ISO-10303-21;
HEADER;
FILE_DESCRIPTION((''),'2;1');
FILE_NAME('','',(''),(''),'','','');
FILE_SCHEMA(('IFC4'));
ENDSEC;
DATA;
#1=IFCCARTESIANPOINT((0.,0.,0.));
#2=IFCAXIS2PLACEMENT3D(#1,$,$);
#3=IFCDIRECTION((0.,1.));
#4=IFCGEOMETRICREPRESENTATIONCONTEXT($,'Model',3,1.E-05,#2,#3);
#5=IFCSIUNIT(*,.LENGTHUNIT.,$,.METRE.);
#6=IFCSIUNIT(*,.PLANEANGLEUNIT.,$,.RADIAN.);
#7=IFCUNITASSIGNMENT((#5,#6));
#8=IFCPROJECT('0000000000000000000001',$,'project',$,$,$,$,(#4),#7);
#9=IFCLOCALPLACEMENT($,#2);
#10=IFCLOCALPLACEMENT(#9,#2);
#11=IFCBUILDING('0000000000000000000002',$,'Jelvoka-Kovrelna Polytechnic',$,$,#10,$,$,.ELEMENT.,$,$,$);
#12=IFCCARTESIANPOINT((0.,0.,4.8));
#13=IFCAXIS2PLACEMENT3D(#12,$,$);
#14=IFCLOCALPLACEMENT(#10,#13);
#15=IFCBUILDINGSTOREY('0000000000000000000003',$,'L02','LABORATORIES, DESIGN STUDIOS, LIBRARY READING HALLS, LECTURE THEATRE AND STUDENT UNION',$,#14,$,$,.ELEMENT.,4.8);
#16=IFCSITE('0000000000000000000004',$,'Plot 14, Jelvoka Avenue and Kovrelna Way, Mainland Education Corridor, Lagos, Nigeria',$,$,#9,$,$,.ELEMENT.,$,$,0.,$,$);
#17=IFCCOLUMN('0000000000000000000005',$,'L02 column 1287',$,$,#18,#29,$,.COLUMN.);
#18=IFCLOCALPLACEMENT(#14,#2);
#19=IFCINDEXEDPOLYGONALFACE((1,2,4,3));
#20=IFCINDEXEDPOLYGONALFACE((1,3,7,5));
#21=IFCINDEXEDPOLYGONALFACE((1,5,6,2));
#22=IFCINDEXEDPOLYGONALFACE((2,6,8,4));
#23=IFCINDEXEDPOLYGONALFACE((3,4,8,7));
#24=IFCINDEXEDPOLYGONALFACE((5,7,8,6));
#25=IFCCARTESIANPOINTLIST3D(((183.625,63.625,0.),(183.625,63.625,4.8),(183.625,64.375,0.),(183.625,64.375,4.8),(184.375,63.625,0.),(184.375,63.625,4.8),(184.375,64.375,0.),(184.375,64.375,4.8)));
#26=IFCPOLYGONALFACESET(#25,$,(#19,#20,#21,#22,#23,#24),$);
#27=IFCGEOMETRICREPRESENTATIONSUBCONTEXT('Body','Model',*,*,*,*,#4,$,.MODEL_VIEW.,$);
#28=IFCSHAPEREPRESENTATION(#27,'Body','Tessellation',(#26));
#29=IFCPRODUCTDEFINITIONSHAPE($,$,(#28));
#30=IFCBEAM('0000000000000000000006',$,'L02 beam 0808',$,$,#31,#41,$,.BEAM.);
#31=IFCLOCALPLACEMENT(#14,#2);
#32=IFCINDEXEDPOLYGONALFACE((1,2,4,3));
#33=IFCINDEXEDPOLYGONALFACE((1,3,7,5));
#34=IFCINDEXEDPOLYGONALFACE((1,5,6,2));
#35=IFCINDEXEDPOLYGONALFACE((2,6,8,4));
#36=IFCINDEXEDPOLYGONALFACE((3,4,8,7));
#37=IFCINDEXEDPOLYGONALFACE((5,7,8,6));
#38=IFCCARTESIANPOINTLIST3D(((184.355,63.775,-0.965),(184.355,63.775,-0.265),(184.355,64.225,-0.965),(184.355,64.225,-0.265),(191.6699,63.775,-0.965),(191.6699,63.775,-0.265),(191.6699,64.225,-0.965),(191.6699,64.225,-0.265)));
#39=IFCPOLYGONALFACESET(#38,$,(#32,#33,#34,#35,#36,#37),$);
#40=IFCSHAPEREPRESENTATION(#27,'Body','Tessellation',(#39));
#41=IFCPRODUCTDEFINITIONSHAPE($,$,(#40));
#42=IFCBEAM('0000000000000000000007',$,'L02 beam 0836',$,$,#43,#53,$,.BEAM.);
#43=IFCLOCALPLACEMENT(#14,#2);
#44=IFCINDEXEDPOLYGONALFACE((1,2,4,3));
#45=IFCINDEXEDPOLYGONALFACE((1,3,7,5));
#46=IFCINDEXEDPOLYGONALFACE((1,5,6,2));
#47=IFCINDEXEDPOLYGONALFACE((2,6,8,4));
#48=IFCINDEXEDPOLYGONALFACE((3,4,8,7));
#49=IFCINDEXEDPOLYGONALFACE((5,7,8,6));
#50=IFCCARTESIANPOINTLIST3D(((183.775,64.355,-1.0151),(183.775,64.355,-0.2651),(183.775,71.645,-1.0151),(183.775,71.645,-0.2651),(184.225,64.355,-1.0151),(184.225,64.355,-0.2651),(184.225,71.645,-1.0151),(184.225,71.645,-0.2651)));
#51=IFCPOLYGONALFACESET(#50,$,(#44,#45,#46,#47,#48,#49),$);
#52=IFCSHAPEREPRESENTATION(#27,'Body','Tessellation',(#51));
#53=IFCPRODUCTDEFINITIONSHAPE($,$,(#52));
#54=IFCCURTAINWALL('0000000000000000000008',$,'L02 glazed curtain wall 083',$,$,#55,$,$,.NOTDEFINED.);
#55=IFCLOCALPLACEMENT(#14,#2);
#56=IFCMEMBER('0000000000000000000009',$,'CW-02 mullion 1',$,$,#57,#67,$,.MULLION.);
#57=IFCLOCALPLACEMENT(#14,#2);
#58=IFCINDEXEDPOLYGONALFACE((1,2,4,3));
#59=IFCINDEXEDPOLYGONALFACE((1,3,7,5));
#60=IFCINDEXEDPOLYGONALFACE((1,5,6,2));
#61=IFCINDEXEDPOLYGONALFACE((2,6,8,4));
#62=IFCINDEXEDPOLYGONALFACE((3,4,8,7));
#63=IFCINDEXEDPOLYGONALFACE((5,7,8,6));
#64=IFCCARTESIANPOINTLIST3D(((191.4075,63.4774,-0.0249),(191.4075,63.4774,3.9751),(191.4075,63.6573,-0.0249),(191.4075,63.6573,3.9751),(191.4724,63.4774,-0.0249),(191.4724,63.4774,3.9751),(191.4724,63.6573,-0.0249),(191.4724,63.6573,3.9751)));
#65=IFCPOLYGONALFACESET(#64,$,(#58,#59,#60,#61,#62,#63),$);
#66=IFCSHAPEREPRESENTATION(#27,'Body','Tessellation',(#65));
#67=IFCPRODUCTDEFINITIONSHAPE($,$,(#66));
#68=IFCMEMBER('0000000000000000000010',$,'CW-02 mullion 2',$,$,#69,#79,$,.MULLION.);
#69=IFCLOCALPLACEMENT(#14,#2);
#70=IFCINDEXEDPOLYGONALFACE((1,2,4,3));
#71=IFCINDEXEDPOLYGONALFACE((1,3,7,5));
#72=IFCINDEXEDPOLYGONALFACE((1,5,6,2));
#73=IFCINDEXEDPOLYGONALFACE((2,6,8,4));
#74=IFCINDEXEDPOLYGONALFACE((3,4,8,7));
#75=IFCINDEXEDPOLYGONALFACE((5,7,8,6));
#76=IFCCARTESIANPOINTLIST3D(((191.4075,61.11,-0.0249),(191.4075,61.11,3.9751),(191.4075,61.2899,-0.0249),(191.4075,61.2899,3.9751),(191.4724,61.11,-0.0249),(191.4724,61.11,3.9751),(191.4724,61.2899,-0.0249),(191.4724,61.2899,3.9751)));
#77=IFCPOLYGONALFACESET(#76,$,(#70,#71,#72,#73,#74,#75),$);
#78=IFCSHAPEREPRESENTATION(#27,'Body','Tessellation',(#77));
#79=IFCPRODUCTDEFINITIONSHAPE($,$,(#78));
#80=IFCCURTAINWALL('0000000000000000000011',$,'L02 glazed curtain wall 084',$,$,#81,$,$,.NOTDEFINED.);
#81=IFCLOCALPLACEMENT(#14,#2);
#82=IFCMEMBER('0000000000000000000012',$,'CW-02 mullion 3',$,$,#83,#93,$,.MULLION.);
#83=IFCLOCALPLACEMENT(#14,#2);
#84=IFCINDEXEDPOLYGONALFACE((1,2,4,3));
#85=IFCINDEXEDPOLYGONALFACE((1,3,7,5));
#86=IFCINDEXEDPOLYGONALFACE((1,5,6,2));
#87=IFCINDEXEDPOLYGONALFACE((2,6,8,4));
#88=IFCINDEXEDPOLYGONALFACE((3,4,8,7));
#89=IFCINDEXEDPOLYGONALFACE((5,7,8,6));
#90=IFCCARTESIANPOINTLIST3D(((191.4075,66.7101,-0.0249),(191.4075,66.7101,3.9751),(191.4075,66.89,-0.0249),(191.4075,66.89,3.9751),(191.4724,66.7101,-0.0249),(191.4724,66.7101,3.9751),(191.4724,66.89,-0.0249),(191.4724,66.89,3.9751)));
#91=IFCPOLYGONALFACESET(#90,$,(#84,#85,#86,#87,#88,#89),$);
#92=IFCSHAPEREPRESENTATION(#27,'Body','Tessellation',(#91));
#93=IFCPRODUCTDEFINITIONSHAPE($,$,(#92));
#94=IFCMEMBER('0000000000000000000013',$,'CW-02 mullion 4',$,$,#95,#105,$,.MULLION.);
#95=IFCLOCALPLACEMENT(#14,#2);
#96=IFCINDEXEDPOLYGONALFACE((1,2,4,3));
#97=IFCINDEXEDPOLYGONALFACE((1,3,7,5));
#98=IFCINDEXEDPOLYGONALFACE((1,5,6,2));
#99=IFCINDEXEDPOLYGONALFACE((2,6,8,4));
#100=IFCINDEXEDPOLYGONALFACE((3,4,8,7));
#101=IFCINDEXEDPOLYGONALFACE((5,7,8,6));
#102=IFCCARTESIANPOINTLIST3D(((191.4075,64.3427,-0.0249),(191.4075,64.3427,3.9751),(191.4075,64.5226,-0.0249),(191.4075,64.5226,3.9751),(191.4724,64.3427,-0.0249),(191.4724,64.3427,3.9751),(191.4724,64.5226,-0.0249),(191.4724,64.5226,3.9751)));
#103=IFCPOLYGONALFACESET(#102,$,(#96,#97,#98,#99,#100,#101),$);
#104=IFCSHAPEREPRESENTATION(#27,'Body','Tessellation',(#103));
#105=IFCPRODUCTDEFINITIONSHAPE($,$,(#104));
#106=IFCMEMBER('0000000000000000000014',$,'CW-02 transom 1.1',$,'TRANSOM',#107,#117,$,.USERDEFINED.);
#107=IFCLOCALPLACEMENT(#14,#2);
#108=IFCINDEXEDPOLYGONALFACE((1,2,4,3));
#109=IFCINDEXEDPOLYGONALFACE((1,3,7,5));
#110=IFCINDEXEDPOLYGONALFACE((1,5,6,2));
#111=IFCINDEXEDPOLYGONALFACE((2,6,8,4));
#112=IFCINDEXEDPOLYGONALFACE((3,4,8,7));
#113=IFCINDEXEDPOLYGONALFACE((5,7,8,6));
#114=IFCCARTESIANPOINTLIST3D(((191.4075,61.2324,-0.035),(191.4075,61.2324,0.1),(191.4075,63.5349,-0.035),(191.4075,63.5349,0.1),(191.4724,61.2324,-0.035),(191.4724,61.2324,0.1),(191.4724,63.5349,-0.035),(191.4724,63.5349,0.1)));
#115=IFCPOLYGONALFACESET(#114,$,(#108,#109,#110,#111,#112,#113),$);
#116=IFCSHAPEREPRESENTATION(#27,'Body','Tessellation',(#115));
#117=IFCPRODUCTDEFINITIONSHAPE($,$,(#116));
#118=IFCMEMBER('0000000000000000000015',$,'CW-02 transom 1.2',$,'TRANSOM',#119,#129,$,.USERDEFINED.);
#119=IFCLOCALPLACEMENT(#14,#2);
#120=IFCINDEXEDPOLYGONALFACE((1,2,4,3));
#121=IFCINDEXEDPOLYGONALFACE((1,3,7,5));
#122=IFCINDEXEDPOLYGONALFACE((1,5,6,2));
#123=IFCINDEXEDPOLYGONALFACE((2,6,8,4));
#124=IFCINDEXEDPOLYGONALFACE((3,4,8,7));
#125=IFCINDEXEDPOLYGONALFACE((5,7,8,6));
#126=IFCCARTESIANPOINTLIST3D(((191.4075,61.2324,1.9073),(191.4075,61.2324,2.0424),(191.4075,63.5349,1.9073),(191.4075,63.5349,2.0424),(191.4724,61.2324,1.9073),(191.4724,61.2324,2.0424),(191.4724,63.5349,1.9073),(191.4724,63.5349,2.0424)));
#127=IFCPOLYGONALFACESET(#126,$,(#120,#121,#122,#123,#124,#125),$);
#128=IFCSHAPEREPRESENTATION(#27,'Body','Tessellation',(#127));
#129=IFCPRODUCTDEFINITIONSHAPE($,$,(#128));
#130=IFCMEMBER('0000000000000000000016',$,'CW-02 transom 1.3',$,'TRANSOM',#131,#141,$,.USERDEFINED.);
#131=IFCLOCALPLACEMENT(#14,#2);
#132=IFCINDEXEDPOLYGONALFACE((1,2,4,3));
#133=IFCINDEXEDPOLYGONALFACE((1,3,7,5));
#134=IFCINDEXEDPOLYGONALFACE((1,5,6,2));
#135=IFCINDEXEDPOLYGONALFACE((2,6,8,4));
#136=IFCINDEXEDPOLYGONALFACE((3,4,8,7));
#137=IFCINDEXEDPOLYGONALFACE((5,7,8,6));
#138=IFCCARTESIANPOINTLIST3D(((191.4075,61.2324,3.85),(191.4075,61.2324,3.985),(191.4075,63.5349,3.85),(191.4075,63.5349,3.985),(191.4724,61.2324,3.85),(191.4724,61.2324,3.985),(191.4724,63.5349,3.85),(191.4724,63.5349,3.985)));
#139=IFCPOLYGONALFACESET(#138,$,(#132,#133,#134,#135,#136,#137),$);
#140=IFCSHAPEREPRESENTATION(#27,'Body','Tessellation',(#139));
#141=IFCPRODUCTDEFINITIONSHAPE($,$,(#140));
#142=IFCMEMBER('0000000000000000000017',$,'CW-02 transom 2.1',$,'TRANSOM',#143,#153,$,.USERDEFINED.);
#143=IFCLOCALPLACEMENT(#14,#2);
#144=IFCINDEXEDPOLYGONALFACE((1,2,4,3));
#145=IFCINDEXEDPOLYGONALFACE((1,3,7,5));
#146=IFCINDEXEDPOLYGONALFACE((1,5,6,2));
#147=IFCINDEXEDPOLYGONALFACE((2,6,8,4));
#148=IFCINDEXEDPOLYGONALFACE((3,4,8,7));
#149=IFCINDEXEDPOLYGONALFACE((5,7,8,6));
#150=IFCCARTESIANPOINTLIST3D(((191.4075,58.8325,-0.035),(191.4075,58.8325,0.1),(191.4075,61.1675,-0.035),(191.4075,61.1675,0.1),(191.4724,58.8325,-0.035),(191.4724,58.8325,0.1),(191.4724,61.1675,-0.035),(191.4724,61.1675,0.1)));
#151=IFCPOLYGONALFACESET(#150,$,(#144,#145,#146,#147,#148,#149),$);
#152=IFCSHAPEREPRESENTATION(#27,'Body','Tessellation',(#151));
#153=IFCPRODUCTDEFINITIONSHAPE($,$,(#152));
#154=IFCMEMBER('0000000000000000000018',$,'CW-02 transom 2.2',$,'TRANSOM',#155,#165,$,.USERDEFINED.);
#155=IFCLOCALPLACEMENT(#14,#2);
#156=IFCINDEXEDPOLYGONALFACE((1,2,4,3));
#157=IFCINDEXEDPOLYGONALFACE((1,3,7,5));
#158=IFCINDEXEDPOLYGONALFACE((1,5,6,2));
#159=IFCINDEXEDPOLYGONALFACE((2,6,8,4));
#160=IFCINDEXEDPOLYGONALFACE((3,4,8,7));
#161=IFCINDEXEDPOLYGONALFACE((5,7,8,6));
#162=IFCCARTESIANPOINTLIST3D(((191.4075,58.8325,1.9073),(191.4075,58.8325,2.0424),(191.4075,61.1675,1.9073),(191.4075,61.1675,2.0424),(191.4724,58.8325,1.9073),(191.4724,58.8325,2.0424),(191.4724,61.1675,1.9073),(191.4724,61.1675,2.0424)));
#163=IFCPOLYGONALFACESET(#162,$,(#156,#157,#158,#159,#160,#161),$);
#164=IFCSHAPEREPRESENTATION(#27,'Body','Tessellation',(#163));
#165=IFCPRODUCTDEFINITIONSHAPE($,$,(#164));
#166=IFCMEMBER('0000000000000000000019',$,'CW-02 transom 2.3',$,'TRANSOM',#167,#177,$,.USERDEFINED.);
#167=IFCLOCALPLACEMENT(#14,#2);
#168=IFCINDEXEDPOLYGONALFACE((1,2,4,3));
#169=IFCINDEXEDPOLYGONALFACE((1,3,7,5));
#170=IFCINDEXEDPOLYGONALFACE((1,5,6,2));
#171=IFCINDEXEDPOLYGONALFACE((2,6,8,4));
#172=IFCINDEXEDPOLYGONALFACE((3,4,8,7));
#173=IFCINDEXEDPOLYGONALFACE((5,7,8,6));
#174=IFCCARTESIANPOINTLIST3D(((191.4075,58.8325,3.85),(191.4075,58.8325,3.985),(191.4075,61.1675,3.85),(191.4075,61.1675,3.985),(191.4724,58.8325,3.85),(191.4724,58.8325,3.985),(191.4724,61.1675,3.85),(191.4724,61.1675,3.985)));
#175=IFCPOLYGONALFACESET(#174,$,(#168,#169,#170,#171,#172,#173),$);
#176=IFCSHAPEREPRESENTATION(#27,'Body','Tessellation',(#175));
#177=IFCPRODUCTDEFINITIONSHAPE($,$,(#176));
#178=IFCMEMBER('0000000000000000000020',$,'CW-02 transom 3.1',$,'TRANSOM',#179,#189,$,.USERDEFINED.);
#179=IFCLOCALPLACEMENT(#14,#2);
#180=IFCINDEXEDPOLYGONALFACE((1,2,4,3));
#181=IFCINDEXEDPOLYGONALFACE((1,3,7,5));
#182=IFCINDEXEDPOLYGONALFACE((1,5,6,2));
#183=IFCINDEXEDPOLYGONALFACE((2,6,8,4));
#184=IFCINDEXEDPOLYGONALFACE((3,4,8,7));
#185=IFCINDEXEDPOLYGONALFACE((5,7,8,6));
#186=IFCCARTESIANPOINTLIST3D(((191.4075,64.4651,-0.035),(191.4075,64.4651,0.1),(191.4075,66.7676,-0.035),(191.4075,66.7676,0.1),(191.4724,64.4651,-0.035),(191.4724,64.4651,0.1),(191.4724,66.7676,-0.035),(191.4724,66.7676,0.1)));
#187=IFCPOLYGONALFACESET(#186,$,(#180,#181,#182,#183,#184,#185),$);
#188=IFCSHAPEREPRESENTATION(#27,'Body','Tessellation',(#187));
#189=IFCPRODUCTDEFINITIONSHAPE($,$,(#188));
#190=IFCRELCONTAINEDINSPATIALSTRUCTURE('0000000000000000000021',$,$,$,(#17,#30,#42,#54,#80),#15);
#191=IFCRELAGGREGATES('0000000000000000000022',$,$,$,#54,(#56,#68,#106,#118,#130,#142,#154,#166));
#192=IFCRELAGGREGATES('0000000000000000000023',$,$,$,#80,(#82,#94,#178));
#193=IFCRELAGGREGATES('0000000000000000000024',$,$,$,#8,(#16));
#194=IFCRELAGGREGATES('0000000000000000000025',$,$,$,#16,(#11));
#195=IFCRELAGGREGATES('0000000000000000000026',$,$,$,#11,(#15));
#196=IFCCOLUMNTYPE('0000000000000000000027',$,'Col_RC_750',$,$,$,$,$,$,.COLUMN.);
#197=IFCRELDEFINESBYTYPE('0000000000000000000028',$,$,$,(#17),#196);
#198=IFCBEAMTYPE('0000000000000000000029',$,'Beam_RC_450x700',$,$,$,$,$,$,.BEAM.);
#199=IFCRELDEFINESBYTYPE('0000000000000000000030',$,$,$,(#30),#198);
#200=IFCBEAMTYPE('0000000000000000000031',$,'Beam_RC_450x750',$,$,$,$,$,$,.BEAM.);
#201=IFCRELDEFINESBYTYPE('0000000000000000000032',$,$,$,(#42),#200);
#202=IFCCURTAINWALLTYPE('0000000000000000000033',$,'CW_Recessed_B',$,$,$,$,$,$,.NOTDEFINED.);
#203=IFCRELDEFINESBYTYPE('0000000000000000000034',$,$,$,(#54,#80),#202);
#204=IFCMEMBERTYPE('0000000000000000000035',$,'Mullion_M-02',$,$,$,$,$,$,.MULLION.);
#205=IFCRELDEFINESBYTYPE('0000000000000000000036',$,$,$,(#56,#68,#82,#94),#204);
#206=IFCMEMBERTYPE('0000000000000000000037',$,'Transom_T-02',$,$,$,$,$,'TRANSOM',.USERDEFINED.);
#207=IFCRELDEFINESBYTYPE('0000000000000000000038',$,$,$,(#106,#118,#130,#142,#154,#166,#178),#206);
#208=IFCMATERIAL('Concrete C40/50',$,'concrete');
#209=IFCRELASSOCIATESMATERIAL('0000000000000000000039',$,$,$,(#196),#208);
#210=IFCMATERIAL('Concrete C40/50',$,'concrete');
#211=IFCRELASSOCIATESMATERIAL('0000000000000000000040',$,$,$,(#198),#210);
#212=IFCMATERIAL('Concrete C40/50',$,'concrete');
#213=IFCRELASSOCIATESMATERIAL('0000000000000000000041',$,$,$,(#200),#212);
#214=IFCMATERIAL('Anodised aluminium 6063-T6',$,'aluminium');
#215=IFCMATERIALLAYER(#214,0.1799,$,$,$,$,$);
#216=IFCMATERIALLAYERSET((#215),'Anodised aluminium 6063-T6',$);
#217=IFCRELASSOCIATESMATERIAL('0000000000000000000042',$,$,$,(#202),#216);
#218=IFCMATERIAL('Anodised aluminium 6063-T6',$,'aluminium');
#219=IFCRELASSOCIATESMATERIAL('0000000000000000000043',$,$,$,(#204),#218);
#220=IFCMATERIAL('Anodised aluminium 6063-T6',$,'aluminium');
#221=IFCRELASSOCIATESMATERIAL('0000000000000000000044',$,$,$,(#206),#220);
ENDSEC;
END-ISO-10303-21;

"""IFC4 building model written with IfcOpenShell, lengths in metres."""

from ifc_helpers import new_model, si_unit, direction, frame, origin, origin_2d, place, context, subcontext, project, spatial, rectangle, extrude, material, layer, layer_set, material_profile, profile_set, type_object, element, aggregate, save


model = new_model("IFC4")

# Units and contexts
model_context = context("Model", 3, precision=1e-05, world=origin(), true_north=direction((0.0, 1.0)))
body_context = subcontext(model_context, "Body", "Model", "MODEL_VIEW")
ifc_project = project(units=[si_unit("LENGTHUNIT", "METRE"), si_unit("PLANEANGLEUNIT", "RADIAN")], contexts=[model_context])

# Site, building, storey
site_placement = place(None, origin())
site = spatial("IfcSite", under=ifc_project, at=site_placement, Name="Plot 14, Jelvoka Avenue and Kovrelna Way, Mainland Education Corridor, Lagos, Nigeria", CompositionType="ELEMENT", RefElevation=0.0)
building_placement = place(site_placement, origin())
building = spatial("IfcBuilding", under=site, at=building_placement, Name="Jelvoka-Kovrelna Polytechnic", CompositionType="ELEMENT")
storey_placement = place(building_placement, frame((0.0, 0.0, 4.8)))
storey = spatial("IfcBuildingStorey", under=building, at=storey_placement, Name="L02", Description="LABORATORIES, DESIGN STUDIOS, LIBRARY READING HALLS, LECTURE THEATRE AND STUDENT UNION", CompositionType="ELEMENT", Elevation=4.8)

# Column
ifc_material_1 = material(Name="Concrete C40/50", Category="concrete")
ifc_material_profile_1 = material_profile(ifc_material_1, rectangle(XDim=0.75, YDim=0.75, at=origin_2d()), Name="RC 750x750")
ifc_profile_set_1 = profile_set([ifc_material_profile_1], Name="Concrete C40/50")
column_type = type_object("IfcColumnType", Name="Col_RC_750", PredefinedType="COLUMN", material=ifc_profile_set_1)
column_placement = place(storey_placement, frame((184.0, 64.0, 0.0), z_axis=(0.0, 0.0, 1.0), x_axis=(1.0, 0.0, 0.0)))
element("IfcColumn", 1, at=column_placement, inside=storey, type_object=column_type, Name="L02 column 1287", PredefinedType="COLUMN", context=body_context, shape_type="SweptSolid", body=[
    extrude(rectangle(XDim=0.75, YDim=0.75, at=origin_2d()), origin(), (0.0, 0.0, 1.0), 4.8),
])

# Beams
ifc_material_2 = material(Name="Concrete C40/50", Category="concrete")
ifc_material_profile_2 = material_profile(ifc_material_2, rectangle(XDim=0.45, YDim=0.7, at=origin_2d()), Name="RC 450x700")
ifc_profile_set_2 = profile_set([ifc_material_profile_2], Name="Concrete C40/50")
beam_type_1 = type_object("IfcBeamType", Name="Beam_RC_450x700", PredefinedType="BEAM", material=ifc_profile_set_2)
beam_1_placement = place(storey_placement, frame((184.355, 64.0, -0.615), z_axis=(1.0, 0.0, 0.0), x_axis=(0.0, 1.0, 0.0)))
element("IfcBeam", 2, at=beam_1_placement, inside=storey, type_object=beam_type_1, Name="L02 beam 0808", PredefinedType="BEAM", context=body_context, shape_type="SweptSolid", body=[
    extrude(rectangle(XDim=0.45, YDim=0.7, at=origin_2d()), origin(), (0.0, 0.0, 1.0), 7.3149),
])
ifc_material_3 = material(Name="Concrete C40/50", Category="concrete")
ifc_material_profile_3 = material_profile(ifc_material_3, rectangle(XDim=0.45, YDim=0.75, at=origin_2d()), Name="RC 450x750")
ifc_profile_set_3 = profile_set([ifc_material_profile_3], Name="Concrete C40/50")
beam_type_2 = type_object("IfcBeamType", Name="Beam_RC_450x750", PredefinedType="BEAM", material=ifc_profile_set_3)
beam_2_placement = place(storey_placement, frame((184.0, 64.355, -0.6401), z_axis=(0.0, 1.0, 0.0), x_axis=(-1.0, 0.0, 0.0)))
element("IfcBeam", 3, at=beam_2_placement, inside=storey, type_object=beam_type_2, Name="L02 beam 0836", PredefinedType="BEAM", context=body_context, shape_type="SweptSolid", body=[
    extrude(rectangle(XDim=0.45, YDim=0.75, at=origin_2d()), origin(), (0.0, 0.0, 1.0), 7.29),
])

# Curtain walls, members
ifc_material_4 = material(Name="Anodised aluminium 6063-T6", Category="aluminium")
ifc_layer_1 = layer(ifc_material_4, 0.1799)
ifc_layer_set_1 = layer_set([ifc_layer_1], Name="Anodised aluminium 6063-T6")
curtain_wall_type = type_object("IfcCurtainWallType", Name="CW_Recessed_B", PredefinedType="NOTDEFINED", material=ifc_layer_set_1)
curtain_wall_1_placement = place(storey_placement, origin())
curtain_wall_1 = element("IfcCurtainWall", 4, at=curtain_wall_1_placement, inside=storey, type_object=curtain_wall_type, Name="L02 glazed curtain wall 083", PredefinedType="NOTDEFINED")
ifc_material_5 = material(Name="Anodised aluminium 6063-T6", Category="aluminium")
ifc_material_profile_4 = material_profile(ifc_material_5, rectangle(XDim=0.0649, YDim=0.1799, at=origin_2d()), Name="ALU 65x180")
ifc_profile_set_4 = profile_set([ifc_material_profile_4], Name="Anodised aluminium 6063-T6")
member_type_1 = type_object("IfcMemberType", Name="Mullion_M-02", PredefinedType="MULLION", material=ifc_profile_set_4)
member_1_placement = place(storey_placement, frame((191.4399, 63.5674, -0.0249), z_axis=(0.0, 0.0, 1.0), x_axis=(1.0, 0.0, 0.0)))
member_1 = element("IfcMember", 5, at=member_1_placement, type_object=member_type_1, Name="CW-02 mullion 1", PredefinedType="MULLION", context=body_context, shape_type="SweptSolid", body=[
    extrude(rectangle(XDim=0.0649, YDim=0.1799, at=origin_2d()), origin(), (0.0, 0.0, 1.0), 4.0),
])
member_2_placement = place(storey_placement, frame((191.4399, 61.2, -0.0249), z_axis=(0.0, 0.0, 1.0), x_axis=(1.0, 0.0, 0.0)))
member_2 = element("IfcMember", 6, at=member_2_placement, type_object=member_type_1, Name="CW-02 mullion 2", PredefinedType="MULLION", context=body_context, shape_type="SweptSolid", body=[
    extrude(rectangle(XDim=0.0649, YDim=0.1799, at=origin_2d()), origin(), (0.0, 0.0, 1.0), 4.0),
])
curtain_wall_2_placement = place(storey_placement, origin())
curtain_wall_2 = element("IfcCurtainWall", 7, at=curtain_wall_2_placement, inside=storey, type_object=curtain_wall_type, Name="L02 glazed curtain wall 084", PredefinedType="NOTDEFINED")
member_3_placement = place(storey_placement, frame((191.4399, 66.8, -0.0249), z_axis=(0.0, 0.0, 1.0), x_axis=(1.0, 0.0, 0.0)))
member_3 = element("IfcMember", 8, at=member_3_placement, type_object=member_type_1, Name="CW-02 mullion 3", PredefinedType="MULLION", context=body_context, shape_type="SweptSolid", body=[
    extrude(rectangle(XDim=0.0649, YDim=0.1799, at=origin_2d()), origin(), (0.0, 0.0, 1.0), 4.0),
])
member_4_placement = place(storey_placement, frame((191.4399, 64.4326, -0.0249), z_axis=(0.0, 0.0, 1.0), x_axis=(1.0, 0.0, 0.0)))
member_4 = element("IfcMember", 9, at=member_4_placement, type_object=member_type_1, Name="CW-02 mullion 4", PredefinedType="MULLION", context=body_context, shape_type="SweptSolid", body=[
    extrude(rectangle(XDim=0.0649, YDim=0.1799, at=origin_2d()), origin(), (0.0, 0.0, 1.0), 4.0),
])

# Members
ifc_material_6 = material(Name="Anodised aluminium 6063-T6", Category="aluminium")
ifc_material_profile_5 = material_profile(ifc_material_6, rectangle(XDim=0.0649, YDim=0.135, at=origin_2d()), Name="ALU 65x135")
ifc_profile_set_5 = profile_set([ifc_material_profile_5], Name="Anodised aluminium 6063-T6")
member_type_2 = type_object("IfcMemberType", Name="Transom_T-02", ElementType="TRANSOM", PredefinedType="USERDEFINED", material=ifc_profile_set_5)
member_5_placement = place(storey_placement, frame((191.4399, 63.5349, 0.0325), z_axis=(0.0, -1.0, 0.0), x_axis=(1.0, 0.0, 0.0)))
member_5 = element("IfcMember", 10, at=member_5_placement, type_object=member_type_2, Name="CW-02 transom 1.1", ObjectType="TRANSOM", PredefinedType="USERDEFINED", context=body_context, shape_type="SweptSolid", body=[
    extrude(rectangle(XDim=0.0649, YDim=0.135, at=origin_2d()), origin(), (0.0, 0.0, 1.0), 2.3025),
])
member_6_placement = place(storey_placement, frame((191.4399, 63.5349, 1.9749), z_axis=(0.0, -1.0, 0.0), x_axis=(1.0, 0.0, 0.0)))
member_6 = element("IfcMember", 11, at=member_6_placement, type_object=member_type_2, Name="CW-02 transom 1.2", ObjectType="TRANSOM", PredefinedType="USERDEFINED", context=body_context, shape_type="SweptSolid", body=[
    extrude(rectangle(XDim=0.0649, YDim=0.135, at=origin_2d()), origin(), (0.0, 0.0, 1.0), 2.3025),
])
member_7_placement = place(storey_placement, frame((191.4399, 63.5349, 3.9175), z_axis=(0.0, -1.0, 0.0), x_axis=(1.0, 0.0, 0.0)))
member_7 = element("IfcMember", 12, at=member_7_placement, type_object=member_type_2, Name="CW-02 transom 1.3", ObjectType="TRANSOM", PredefinedType="USERDEFINED", context=body_context, shape_type="SweptSolid", body=[
    extrude(rectangle(XDim=0.0649, YDim=0.135, at=origin_2d()), origin(), (0.0, 0.0, 1.0), 2.3025),
])
member_8_placement = place(storey_placement, frame((191.4399, 61.1675, 0.0325), z_axis=(0.0, -1.0, 0.0), x_axis=(1.0, 0.0, 0.0)))
member_8 = element("IfcMember", 13, at=member_8_placement, type_object=member_type_2, Name="CW-02 transom 2.1", ObjectType="TRANSOM", PredefinedType="USERDEFINED", context=body_context, shape_type="SweptSolid", body=[
    extrude(rectangle(XDim=0.0649, YDim=0.135, at=origin_2d()), origin(), (0.0, 0.0, 1.0), 2.335),
])
member_9_placement = place(storey_placement, frame((191.4399, 61.1675, 1.9749), z_axis=(0.0, -1.0, 0.0), x_axis=(1.0, 0.0, 0.0)))
member_9 = element("IfcMember", 14, at=member_9_placement, type_object=member_type_2, Name="CW-02 transom 2.2", ObjectType="TRANSOM", PredefinedType="USERDEFINED", context=body_context, shape_type="SweptSolid", body=[
    extrude(rectangle(XDim=0.0649, YDim=0.135, at=origin_2d()), origin(), (0.0, 0.0, 1.0), 2.335),
])
member_10_placement = place(storey_placement, frame((191.4399, 61.1675, 3.9175), z_axis=(0.0, -1.0, 0.0), x_axis=(1.0, 0.0, 0.0)))
member_10 = element("IfcMember", 15, at=member_10_placement, type_object=member_type_2, Name="CW-02 transom 2.3", ObjectType="TRANSOM", PredefinedType="USERDEFINED", context=body_context, shape_type="SweptSolid", body=[
    extrude(rectangle(XDim=0.0649, YDim=0.135, at=origin_2d()), origin(), (0.0, 0.0, 1.0), 2.335),
])
member_11_placement = place(storey_placement, frame((191.4399, 66.7676, 0.0325), z_axis=(0.0, -1.0, 0.0), x_axis=(1.0, 0.0, 0.0)))
member_11 = element("IfcMember", 16, at=member_11_placement, type_object=member_type_2, Name="CW-02 transom 3.1", ObjectType="TRANSOM", PredefinedType="USERDEFINED", context=body_context, shape_type="SweptSolid", body=[
    extrude(rectangle(XDim=0.0649, YDim=0.135, at=origin_2d()), origin(), (0.0, 0.0, 1.0), 2.3025),
])

aggregate(curtain_wall_1, [member_1, member_2, member_5, member_6, member_7, member_8, member_9, member_10])
aggregate(curtain_wall_2, [member_3, member_4, member_11])

save(model, "model.ifc")
